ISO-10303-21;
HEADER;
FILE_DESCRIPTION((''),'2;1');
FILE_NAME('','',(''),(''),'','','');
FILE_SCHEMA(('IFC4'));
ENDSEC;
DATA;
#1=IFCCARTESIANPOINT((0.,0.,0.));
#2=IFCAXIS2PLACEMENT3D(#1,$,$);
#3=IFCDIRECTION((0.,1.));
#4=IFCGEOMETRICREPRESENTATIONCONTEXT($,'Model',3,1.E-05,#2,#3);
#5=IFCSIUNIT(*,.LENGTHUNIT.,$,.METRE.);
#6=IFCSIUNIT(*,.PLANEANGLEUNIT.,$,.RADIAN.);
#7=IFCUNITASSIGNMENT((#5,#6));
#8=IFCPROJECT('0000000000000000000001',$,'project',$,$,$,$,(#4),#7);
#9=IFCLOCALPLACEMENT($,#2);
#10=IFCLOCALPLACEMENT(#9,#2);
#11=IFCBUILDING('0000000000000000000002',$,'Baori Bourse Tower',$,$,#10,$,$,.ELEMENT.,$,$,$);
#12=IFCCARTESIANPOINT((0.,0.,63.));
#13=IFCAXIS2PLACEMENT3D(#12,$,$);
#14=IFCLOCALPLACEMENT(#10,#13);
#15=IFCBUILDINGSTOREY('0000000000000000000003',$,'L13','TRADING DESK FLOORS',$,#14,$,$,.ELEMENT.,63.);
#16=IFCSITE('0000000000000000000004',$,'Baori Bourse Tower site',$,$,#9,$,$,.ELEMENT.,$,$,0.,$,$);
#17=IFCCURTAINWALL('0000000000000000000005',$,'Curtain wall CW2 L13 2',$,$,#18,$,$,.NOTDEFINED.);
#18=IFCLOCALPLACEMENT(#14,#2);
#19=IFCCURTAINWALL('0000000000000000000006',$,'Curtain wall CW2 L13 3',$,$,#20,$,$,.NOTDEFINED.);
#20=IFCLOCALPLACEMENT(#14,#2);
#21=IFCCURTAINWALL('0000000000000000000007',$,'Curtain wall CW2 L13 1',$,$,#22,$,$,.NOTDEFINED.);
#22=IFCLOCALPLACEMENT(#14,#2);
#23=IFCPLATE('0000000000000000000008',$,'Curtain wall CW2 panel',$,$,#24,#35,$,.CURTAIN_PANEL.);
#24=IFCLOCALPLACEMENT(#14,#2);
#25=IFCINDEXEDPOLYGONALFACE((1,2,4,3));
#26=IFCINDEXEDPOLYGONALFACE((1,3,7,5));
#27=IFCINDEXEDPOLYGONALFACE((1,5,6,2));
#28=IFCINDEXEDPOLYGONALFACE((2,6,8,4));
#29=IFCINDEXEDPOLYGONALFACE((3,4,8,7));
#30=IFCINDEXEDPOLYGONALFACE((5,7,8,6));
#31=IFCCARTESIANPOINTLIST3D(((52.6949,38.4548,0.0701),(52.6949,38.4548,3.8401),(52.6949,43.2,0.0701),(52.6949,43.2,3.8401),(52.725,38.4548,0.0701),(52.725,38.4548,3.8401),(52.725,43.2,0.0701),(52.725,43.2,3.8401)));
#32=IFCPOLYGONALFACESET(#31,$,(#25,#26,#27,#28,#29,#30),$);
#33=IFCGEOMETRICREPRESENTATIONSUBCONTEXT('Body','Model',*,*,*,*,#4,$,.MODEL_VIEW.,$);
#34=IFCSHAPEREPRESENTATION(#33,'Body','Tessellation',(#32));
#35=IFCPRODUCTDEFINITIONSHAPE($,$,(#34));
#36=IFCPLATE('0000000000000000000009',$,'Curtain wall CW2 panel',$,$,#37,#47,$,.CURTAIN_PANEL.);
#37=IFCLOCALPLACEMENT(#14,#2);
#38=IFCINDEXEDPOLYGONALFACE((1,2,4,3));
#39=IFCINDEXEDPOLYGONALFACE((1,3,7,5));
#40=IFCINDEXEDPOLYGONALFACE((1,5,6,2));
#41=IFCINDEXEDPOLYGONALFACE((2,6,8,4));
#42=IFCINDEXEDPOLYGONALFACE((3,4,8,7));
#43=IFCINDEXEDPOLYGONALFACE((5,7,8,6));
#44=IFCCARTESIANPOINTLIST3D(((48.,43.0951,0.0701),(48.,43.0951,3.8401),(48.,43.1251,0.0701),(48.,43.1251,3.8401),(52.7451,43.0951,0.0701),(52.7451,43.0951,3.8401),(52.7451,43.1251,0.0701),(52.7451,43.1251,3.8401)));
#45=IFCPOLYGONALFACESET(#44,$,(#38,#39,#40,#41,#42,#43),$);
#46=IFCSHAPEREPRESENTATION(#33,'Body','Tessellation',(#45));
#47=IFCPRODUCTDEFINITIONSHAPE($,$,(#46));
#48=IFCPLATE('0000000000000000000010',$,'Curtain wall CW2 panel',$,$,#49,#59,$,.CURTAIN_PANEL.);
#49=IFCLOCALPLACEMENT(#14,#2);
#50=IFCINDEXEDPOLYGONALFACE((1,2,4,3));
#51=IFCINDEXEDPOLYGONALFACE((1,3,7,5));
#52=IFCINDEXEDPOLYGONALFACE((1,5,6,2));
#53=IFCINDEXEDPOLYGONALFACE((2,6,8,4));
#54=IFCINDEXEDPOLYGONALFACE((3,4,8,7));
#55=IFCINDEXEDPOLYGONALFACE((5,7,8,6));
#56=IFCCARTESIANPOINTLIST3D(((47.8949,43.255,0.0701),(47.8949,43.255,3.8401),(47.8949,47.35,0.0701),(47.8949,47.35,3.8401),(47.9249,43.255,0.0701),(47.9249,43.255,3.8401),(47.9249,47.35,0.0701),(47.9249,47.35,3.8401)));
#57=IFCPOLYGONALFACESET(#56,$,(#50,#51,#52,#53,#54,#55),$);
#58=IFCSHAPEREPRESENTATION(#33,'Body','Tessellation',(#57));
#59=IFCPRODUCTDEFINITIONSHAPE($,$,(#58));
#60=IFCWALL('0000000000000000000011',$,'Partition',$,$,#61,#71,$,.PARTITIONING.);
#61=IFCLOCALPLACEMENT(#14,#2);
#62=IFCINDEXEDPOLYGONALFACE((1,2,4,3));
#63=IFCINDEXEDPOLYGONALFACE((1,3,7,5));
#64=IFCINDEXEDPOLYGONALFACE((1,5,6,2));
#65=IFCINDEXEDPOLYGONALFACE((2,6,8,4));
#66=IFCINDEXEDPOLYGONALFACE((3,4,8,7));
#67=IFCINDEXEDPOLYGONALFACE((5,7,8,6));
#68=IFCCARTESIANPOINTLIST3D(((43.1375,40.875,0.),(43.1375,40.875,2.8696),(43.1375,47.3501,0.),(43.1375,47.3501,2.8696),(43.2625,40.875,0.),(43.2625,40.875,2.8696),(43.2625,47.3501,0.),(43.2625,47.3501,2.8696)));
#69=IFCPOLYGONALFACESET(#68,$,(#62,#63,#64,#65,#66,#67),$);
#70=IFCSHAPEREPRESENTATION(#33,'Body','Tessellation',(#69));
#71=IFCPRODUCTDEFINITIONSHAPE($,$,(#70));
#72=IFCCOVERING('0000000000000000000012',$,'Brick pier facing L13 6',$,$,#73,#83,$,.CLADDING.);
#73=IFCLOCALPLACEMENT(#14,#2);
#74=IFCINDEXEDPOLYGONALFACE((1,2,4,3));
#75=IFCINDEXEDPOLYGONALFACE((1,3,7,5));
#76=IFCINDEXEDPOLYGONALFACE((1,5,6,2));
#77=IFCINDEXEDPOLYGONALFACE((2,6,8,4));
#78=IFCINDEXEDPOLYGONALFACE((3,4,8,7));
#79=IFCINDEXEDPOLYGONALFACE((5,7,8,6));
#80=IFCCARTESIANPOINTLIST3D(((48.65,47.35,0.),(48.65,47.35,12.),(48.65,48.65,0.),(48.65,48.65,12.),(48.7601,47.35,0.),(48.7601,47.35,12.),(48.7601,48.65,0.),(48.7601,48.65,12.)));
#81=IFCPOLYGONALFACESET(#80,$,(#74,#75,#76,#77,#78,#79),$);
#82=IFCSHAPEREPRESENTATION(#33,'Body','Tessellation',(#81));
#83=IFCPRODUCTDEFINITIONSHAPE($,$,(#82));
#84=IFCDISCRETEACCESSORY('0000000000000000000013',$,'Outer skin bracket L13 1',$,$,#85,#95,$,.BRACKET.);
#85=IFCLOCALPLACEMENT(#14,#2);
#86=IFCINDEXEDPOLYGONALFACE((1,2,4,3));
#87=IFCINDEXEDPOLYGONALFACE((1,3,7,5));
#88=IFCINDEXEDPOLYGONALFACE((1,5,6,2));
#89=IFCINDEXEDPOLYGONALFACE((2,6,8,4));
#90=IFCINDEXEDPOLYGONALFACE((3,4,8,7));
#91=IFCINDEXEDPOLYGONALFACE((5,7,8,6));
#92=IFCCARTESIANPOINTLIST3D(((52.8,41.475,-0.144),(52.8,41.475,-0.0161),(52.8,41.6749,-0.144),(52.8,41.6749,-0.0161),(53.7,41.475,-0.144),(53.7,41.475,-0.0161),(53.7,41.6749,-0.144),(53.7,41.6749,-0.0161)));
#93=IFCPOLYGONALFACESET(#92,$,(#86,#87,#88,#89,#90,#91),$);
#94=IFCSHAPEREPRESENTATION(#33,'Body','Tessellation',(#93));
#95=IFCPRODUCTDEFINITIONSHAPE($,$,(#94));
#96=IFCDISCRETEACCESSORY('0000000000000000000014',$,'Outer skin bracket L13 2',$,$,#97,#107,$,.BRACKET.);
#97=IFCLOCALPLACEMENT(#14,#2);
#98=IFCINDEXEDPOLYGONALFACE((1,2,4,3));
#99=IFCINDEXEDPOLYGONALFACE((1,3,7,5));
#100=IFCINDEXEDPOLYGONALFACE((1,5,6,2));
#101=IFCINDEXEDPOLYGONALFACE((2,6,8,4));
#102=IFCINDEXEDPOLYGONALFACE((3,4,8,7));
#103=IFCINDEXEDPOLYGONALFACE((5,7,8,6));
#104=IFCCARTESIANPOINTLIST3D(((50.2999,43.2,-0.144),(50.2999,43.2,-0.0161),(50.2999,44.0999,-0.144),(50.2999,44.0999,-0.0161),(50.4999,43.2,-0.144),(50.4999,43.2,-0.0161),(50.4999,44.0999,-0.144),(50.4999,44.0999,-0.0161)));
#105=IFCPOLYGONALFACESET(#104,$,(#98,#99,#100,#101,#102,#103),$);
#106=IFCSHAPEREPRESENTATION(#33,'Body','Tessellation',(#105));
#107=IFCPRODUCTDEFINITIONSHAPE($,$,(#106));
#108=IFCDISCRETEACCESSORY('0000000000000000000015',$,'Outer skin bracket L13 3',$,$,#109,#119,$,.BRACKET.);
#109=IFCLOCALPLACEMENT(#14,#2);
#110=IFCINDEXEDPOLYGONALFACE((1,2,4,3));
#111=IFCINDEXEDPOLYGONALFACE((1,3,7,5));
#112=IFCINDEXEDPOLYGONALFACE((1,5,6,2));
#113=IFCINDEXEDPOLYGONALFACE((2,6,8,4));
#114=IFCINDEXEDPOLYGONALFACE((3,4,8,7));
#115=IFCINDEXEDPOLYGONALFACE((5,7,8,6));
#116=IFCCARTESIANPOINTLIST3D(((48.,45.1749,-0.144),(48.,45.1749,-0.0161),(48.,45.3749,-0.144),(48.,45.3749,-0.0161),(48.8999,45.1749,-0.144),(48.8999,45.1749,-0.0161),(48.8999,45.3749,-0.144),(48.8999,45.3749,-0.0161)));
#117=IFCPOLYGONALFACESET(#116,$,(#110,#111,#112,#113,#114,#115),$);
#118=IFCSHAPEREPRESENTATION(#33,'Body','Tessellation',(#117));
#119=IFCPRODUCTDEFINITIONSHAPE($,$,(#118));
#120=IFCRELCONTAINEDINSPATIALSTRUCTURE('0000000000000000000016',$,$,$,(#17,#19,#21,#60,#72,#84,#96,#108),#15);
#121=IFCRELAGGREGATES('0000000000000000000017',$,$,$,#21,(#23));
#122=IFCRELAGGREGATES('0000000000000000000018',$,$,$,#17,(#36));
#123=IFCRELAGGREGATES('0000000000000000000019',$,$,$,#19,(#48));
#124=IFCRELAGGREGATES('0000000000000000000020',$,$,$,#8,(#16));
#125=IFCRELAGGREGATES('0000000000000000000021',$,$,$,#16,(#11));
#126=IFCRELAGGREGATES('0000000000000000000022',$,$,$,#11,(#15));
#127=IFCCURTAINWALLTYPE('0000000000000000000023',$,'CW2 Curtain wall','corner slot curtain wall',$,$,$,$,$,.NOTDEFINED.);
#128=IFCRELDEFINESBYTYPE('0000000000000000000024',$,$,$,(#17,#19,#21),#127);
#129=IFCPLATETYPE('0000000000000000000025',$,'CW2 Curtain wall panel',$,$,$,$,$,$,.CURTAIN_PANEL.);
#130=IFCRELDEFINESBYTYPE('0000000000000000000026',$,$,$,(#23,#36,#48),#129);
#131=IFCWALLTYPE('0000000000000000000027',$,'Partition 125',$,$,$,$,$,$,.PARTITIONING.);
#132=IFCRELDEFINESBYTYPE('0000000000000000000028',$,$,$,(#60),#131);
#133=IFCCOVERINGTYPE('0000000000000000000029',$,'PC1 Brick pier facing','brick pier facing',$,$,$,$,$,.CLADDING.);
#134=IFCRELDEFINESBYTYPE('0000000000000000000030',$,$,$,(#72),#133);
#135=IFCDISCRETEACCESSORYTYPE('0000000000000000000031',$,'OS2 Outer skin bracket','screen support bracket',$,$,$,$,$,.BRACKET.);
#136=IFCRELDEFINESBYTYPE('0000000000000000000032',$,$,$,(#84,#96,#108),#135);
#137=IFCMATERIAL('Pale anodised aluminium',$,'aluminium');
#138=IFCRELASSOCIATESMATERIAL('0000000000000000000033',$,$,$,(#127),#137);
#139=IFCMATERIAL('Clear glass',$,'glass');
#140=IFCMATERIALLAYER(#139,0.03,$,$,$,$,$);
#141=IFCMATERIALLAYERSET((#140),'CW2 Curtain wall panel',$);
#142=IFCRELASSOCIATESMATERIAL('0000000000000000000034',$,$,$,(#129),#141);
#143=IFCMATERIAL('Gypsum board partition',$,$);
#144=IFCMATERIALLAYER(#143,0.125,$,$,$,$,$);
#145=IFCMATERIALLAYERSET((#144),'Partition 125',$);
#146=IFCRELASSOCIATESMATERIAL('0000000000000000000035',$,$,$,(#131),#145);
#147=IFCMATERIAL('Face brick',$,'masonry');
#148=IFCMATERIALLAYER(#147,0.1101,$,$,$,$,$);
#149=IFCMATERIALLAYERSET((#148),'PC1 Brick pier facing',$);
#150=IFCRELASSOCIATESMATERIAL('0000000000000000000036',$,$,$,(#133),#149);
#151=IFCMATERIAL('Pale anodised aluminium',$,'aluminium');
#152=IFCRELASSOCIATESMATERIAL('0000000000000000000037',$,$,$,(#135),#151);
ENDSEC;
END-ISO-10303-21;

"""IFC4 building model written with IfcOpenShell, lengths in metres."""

from ifc_helpers import new_model, si_unit, direction, frame, frame_2d, origin, origin_2d, place, context, subcontext, project, spatial, rectangle, extrude, material, layer, layer_set, type_object, element, aggregate, save


model = new_model("IFC4")

# Units and contexts
model_context = context("Model", 3, precision=1e-05, world=origin(), true_north=direction((0.0, 1.0)))
body_context = subcontext(model_context, "Body", "Model", "MODEL_VIEW")
ifc_project = project(units=[si_unit("LENGTHUNIT", "METRE"), si_unit("PLANEANGLEUNIT", "RADIAN")], contexts=[model_context])

# Site, building, storey
site_placement = place(None, origin())
site = spatial("IfcSite", under=ifc_project, at=site_placement, Name="Baori Bourse Tower site", CompositionType="ELEMENT", RefElevation=0.0)
building_placement = place(site_placement, origin())
building = spatial("IfcBuilding", under=site, at=building_placement, Name="Baori Bourse Tower", CompositionType="ELEMENT")
storey_placement = place(building_placement, frame((0.0, 0.0, 63.0)))
storey = spatial("IfcBuildingStorey", under=building, at=storey_placement, Name="L13", Description="TRADING DESK FLOORS", CompositionType="ELEMENT", Elevation=63.0)

# Curtain walls
ifc_material_1 = material(Name="Pale anodised aluminium", Category="aluminium")
curtain_wall_type_1 = type_object("IfcCurtainWallType", Name="CW2 Curtain wall", Description="corner slot curtain wall", PredefinedType="NOTDEFINED", material=ifc_material_1)
curtain_wall_1_placement = place(storey_placement, origin())
curtain_wall_1 = element("IfcCurtainWall", 1, at=curtain_wall_1_placement, inside=storey, type_object=curtain_wall_type_1, Name="Curtain wall CW2 L13 2", PredefinedType="NOTDEFINED")
curtain_wall_2_placement = place(storey_placement, origin())
curtain_wall_2 = element("IfcCurtainWall", 2, at=curtain_wall_2_placement, inside=storey, type_object=curtain_wall_type_1, Name="Curtain wall CW2 L13 3", PredefinedType="NOTDEFINED")

# Curtain wall, plate
curtain_wall_3_placement = place(storey_placement, origin())
curtain_wall_3 = element("IfcCurtainWall", 3, at=curtain_wall_3_placement, inside=storey, type_object=curtain_wall_type_1, Name="Curtain wall CW2 L13 1", PredefinedType="NOTDEFINED")
ifc_material_2 = material(Name="Clear glass", Category="glass")
ifc_layer_1 = layer(ifc_material_2, 0.03)
ifc_layer_set_1 = layer_set([ifc_layer_1], Name="CW2 Curtain wall panel")
plate_type_1 = type_object("IfcPlateType", Name="CW2 Curtain wall panel", PredefinedType="CURTAIN_PANEL", material=ifc_layer_set_1)
plate_1_placement = place(storey_placement, frame((52.71, 40.8274, 0.0701), z_axis=(0.0, 0.0, 1.0), x_axis=(0.0, 1.0, 0.0)))
plate_1 = element("IfcPlate", 4, at=plate_1_placement, type_object=plate_type_1, Name="Curtain wall CW2 panel", PredefinedType="CURTAIN_PANEL", context=body_context, shape_type="SweptSolid", body=[
    extrude(rectangle(XDim=4.7451, YDim=0.03, at=origin_2d()), origin(), (0.0, 0.0, 1.0), 3.77),
])
aggregate(curtain_wall_3, [plate_1])

# Plates
plate_2_placement = place(storey_placement, frame((50.3726, 43.1101, 0.0701), z_axis=(0.0, 0.0, 1.0), x_axis=(-1.0, 0.0, 0.0)))
plate_2 = element("IfcPlate", 5, at=plate_2_placement, type_object=plate_type_1, Name="Curtain wall CW2 panel", PredefinedType="CURTAIN_PANEL", context=body_context, shape_type="SweptSolid", body=[
    extrude(rectangle(XDim=4.7451, YDim=0.03, at=origin_2d()), origin(), (0.0, 0.0, 1.0), 3.77),
])
aggregate(curtain_wall_1, [plate_2])
plate_3_placement = place(storey_placement, frame((47.9099, 45.3025, 0.0701), z_axis=(0.0, 0.0, 1.0), x_axis=(0.0, 1.0, 0.0)))
plate_3 = element("IfcPlate", 6, at=plate_3_placement, type_object=plate_type_1, Name="Curtain wall CW2 panel", PredefinedType="CURTAIN_PANEL", context=body_context, shape_type="SweptSolid", body=[
    extrude(rectangle(XDim=4.095, YDim=0.03, at=origin_2d()), origin(), (0.0, 0.0, 1.0), 3.77),
])
aggregate(curtain_wall_2, [plate_3])

# Wall
ifc_material_3 = material(Name="Gypsum board partition")
ifc_layer_2 = layer(ifc_material_3, 0.125)
ifc_layer_set_2 = layer_set([ifc_layer_2], Name="Partition 125")
wall_type = type_object("IfcWallType", Name="Partition 125", PredefinedType="PARTITIONING", material=ifc_layer_set_2)
wall_placement = place(storey_placement, frame((43.2, 40.875, 0.0), z_axis=(0.0, 0.0, 1.0), x_axis=(0.0, 1.0, 0.0)))
element("IfcWall", 7, at=wall_placement, inside=storey, type_object=wall_type, Name="Partition", PredefinedType="PARTITIONING", context=body_context, shape_type="SweptSolid", body=[
    extrude(rectangle(XDim=6.4751, YDim=0.125, at=frame_2d((3.2375, 0.0))), origin(), (0.0, 0.0, 1.0), 2.8696),
])

# Covering
ifc_material_4 = material(Name="Face brick", Category="masonry")
ifc_layer_3 = layer(ifc_material_4, 0.1101)
ifc_layer_set_3 = layer_set([ifc_layer_3], Name="PC1 Brick pier facing")
covering_type = type_object("IfcCoveringType", Name="PC1 Brick pier facing", Description="brick pier facing", PredefinedType="CLADDING", material=ifc_layer_set_3)
covering_placement = place(storey_placement, frame((48.7051, 48.0, 0.0), z_axis=(0.0, 0.0, 1.0), x_axis=(1.0, 0.0, 0.0)))
element("IfcCovering", 8, at=covering_placement, inside=storey, type_object=covering_type, Name="Brick pier facing L13 6", PredefinedType="CLADDING", context=body_context, shape_type="SweptSolid", body=[
    extrude(rectangle(XDim=0.1101, YDim=1.3, at=origin_2d()), origin(), (0.0, 0.0, 1.0), 12.0),
])

# Discrete accessories
ifc_material_5 = material(Name="Pale anodised aluminium", Category="aluminium")
discrete_accessory_type = type_object("IfcDiscreteAccessoryType", Name="OS2 Outer skin bracket", Description="screen support bracket", PredefinedType="BRACKET", material=ifc_material_5)
for number, where, z_axis, x_axis, name in (
    (9, (53.25, 41.575, -0.144), (0.0, 0.0, 1.0), (0.0, 1.0, 0.0), "Outer skin bracket L13 1"),
    (10, (50.3999, 43.6499, -0.144), (0.0, 0.0, 1.0), (-1.0, 0.0, 0.0), "Outer skin bracket L13 2"),
    (11, (48.45, 45.2749, -0.144), (0.0, 0.0, 1.0), (0.0, 1.0, 0.0), "Outer skin bracket L13 3"),
):
    element("IfcDiscreteAccessory", number, at=place(storey_placement, frame(where, z_axis=z_axis, x_axis=x_axis)), inside=storey, type_object=discrete_accessory_type, Name=name, PredefinedType="BRACKET", context=body_context, shape_type="SweptSolid", body=[
        extrude(rectangle(XDim=0.2, YDim=0.8999, at=origin_2d()), origin(), (0.0, 0.0, 1.0), 0.1279),
    ])

save(model, "model.ifc")
